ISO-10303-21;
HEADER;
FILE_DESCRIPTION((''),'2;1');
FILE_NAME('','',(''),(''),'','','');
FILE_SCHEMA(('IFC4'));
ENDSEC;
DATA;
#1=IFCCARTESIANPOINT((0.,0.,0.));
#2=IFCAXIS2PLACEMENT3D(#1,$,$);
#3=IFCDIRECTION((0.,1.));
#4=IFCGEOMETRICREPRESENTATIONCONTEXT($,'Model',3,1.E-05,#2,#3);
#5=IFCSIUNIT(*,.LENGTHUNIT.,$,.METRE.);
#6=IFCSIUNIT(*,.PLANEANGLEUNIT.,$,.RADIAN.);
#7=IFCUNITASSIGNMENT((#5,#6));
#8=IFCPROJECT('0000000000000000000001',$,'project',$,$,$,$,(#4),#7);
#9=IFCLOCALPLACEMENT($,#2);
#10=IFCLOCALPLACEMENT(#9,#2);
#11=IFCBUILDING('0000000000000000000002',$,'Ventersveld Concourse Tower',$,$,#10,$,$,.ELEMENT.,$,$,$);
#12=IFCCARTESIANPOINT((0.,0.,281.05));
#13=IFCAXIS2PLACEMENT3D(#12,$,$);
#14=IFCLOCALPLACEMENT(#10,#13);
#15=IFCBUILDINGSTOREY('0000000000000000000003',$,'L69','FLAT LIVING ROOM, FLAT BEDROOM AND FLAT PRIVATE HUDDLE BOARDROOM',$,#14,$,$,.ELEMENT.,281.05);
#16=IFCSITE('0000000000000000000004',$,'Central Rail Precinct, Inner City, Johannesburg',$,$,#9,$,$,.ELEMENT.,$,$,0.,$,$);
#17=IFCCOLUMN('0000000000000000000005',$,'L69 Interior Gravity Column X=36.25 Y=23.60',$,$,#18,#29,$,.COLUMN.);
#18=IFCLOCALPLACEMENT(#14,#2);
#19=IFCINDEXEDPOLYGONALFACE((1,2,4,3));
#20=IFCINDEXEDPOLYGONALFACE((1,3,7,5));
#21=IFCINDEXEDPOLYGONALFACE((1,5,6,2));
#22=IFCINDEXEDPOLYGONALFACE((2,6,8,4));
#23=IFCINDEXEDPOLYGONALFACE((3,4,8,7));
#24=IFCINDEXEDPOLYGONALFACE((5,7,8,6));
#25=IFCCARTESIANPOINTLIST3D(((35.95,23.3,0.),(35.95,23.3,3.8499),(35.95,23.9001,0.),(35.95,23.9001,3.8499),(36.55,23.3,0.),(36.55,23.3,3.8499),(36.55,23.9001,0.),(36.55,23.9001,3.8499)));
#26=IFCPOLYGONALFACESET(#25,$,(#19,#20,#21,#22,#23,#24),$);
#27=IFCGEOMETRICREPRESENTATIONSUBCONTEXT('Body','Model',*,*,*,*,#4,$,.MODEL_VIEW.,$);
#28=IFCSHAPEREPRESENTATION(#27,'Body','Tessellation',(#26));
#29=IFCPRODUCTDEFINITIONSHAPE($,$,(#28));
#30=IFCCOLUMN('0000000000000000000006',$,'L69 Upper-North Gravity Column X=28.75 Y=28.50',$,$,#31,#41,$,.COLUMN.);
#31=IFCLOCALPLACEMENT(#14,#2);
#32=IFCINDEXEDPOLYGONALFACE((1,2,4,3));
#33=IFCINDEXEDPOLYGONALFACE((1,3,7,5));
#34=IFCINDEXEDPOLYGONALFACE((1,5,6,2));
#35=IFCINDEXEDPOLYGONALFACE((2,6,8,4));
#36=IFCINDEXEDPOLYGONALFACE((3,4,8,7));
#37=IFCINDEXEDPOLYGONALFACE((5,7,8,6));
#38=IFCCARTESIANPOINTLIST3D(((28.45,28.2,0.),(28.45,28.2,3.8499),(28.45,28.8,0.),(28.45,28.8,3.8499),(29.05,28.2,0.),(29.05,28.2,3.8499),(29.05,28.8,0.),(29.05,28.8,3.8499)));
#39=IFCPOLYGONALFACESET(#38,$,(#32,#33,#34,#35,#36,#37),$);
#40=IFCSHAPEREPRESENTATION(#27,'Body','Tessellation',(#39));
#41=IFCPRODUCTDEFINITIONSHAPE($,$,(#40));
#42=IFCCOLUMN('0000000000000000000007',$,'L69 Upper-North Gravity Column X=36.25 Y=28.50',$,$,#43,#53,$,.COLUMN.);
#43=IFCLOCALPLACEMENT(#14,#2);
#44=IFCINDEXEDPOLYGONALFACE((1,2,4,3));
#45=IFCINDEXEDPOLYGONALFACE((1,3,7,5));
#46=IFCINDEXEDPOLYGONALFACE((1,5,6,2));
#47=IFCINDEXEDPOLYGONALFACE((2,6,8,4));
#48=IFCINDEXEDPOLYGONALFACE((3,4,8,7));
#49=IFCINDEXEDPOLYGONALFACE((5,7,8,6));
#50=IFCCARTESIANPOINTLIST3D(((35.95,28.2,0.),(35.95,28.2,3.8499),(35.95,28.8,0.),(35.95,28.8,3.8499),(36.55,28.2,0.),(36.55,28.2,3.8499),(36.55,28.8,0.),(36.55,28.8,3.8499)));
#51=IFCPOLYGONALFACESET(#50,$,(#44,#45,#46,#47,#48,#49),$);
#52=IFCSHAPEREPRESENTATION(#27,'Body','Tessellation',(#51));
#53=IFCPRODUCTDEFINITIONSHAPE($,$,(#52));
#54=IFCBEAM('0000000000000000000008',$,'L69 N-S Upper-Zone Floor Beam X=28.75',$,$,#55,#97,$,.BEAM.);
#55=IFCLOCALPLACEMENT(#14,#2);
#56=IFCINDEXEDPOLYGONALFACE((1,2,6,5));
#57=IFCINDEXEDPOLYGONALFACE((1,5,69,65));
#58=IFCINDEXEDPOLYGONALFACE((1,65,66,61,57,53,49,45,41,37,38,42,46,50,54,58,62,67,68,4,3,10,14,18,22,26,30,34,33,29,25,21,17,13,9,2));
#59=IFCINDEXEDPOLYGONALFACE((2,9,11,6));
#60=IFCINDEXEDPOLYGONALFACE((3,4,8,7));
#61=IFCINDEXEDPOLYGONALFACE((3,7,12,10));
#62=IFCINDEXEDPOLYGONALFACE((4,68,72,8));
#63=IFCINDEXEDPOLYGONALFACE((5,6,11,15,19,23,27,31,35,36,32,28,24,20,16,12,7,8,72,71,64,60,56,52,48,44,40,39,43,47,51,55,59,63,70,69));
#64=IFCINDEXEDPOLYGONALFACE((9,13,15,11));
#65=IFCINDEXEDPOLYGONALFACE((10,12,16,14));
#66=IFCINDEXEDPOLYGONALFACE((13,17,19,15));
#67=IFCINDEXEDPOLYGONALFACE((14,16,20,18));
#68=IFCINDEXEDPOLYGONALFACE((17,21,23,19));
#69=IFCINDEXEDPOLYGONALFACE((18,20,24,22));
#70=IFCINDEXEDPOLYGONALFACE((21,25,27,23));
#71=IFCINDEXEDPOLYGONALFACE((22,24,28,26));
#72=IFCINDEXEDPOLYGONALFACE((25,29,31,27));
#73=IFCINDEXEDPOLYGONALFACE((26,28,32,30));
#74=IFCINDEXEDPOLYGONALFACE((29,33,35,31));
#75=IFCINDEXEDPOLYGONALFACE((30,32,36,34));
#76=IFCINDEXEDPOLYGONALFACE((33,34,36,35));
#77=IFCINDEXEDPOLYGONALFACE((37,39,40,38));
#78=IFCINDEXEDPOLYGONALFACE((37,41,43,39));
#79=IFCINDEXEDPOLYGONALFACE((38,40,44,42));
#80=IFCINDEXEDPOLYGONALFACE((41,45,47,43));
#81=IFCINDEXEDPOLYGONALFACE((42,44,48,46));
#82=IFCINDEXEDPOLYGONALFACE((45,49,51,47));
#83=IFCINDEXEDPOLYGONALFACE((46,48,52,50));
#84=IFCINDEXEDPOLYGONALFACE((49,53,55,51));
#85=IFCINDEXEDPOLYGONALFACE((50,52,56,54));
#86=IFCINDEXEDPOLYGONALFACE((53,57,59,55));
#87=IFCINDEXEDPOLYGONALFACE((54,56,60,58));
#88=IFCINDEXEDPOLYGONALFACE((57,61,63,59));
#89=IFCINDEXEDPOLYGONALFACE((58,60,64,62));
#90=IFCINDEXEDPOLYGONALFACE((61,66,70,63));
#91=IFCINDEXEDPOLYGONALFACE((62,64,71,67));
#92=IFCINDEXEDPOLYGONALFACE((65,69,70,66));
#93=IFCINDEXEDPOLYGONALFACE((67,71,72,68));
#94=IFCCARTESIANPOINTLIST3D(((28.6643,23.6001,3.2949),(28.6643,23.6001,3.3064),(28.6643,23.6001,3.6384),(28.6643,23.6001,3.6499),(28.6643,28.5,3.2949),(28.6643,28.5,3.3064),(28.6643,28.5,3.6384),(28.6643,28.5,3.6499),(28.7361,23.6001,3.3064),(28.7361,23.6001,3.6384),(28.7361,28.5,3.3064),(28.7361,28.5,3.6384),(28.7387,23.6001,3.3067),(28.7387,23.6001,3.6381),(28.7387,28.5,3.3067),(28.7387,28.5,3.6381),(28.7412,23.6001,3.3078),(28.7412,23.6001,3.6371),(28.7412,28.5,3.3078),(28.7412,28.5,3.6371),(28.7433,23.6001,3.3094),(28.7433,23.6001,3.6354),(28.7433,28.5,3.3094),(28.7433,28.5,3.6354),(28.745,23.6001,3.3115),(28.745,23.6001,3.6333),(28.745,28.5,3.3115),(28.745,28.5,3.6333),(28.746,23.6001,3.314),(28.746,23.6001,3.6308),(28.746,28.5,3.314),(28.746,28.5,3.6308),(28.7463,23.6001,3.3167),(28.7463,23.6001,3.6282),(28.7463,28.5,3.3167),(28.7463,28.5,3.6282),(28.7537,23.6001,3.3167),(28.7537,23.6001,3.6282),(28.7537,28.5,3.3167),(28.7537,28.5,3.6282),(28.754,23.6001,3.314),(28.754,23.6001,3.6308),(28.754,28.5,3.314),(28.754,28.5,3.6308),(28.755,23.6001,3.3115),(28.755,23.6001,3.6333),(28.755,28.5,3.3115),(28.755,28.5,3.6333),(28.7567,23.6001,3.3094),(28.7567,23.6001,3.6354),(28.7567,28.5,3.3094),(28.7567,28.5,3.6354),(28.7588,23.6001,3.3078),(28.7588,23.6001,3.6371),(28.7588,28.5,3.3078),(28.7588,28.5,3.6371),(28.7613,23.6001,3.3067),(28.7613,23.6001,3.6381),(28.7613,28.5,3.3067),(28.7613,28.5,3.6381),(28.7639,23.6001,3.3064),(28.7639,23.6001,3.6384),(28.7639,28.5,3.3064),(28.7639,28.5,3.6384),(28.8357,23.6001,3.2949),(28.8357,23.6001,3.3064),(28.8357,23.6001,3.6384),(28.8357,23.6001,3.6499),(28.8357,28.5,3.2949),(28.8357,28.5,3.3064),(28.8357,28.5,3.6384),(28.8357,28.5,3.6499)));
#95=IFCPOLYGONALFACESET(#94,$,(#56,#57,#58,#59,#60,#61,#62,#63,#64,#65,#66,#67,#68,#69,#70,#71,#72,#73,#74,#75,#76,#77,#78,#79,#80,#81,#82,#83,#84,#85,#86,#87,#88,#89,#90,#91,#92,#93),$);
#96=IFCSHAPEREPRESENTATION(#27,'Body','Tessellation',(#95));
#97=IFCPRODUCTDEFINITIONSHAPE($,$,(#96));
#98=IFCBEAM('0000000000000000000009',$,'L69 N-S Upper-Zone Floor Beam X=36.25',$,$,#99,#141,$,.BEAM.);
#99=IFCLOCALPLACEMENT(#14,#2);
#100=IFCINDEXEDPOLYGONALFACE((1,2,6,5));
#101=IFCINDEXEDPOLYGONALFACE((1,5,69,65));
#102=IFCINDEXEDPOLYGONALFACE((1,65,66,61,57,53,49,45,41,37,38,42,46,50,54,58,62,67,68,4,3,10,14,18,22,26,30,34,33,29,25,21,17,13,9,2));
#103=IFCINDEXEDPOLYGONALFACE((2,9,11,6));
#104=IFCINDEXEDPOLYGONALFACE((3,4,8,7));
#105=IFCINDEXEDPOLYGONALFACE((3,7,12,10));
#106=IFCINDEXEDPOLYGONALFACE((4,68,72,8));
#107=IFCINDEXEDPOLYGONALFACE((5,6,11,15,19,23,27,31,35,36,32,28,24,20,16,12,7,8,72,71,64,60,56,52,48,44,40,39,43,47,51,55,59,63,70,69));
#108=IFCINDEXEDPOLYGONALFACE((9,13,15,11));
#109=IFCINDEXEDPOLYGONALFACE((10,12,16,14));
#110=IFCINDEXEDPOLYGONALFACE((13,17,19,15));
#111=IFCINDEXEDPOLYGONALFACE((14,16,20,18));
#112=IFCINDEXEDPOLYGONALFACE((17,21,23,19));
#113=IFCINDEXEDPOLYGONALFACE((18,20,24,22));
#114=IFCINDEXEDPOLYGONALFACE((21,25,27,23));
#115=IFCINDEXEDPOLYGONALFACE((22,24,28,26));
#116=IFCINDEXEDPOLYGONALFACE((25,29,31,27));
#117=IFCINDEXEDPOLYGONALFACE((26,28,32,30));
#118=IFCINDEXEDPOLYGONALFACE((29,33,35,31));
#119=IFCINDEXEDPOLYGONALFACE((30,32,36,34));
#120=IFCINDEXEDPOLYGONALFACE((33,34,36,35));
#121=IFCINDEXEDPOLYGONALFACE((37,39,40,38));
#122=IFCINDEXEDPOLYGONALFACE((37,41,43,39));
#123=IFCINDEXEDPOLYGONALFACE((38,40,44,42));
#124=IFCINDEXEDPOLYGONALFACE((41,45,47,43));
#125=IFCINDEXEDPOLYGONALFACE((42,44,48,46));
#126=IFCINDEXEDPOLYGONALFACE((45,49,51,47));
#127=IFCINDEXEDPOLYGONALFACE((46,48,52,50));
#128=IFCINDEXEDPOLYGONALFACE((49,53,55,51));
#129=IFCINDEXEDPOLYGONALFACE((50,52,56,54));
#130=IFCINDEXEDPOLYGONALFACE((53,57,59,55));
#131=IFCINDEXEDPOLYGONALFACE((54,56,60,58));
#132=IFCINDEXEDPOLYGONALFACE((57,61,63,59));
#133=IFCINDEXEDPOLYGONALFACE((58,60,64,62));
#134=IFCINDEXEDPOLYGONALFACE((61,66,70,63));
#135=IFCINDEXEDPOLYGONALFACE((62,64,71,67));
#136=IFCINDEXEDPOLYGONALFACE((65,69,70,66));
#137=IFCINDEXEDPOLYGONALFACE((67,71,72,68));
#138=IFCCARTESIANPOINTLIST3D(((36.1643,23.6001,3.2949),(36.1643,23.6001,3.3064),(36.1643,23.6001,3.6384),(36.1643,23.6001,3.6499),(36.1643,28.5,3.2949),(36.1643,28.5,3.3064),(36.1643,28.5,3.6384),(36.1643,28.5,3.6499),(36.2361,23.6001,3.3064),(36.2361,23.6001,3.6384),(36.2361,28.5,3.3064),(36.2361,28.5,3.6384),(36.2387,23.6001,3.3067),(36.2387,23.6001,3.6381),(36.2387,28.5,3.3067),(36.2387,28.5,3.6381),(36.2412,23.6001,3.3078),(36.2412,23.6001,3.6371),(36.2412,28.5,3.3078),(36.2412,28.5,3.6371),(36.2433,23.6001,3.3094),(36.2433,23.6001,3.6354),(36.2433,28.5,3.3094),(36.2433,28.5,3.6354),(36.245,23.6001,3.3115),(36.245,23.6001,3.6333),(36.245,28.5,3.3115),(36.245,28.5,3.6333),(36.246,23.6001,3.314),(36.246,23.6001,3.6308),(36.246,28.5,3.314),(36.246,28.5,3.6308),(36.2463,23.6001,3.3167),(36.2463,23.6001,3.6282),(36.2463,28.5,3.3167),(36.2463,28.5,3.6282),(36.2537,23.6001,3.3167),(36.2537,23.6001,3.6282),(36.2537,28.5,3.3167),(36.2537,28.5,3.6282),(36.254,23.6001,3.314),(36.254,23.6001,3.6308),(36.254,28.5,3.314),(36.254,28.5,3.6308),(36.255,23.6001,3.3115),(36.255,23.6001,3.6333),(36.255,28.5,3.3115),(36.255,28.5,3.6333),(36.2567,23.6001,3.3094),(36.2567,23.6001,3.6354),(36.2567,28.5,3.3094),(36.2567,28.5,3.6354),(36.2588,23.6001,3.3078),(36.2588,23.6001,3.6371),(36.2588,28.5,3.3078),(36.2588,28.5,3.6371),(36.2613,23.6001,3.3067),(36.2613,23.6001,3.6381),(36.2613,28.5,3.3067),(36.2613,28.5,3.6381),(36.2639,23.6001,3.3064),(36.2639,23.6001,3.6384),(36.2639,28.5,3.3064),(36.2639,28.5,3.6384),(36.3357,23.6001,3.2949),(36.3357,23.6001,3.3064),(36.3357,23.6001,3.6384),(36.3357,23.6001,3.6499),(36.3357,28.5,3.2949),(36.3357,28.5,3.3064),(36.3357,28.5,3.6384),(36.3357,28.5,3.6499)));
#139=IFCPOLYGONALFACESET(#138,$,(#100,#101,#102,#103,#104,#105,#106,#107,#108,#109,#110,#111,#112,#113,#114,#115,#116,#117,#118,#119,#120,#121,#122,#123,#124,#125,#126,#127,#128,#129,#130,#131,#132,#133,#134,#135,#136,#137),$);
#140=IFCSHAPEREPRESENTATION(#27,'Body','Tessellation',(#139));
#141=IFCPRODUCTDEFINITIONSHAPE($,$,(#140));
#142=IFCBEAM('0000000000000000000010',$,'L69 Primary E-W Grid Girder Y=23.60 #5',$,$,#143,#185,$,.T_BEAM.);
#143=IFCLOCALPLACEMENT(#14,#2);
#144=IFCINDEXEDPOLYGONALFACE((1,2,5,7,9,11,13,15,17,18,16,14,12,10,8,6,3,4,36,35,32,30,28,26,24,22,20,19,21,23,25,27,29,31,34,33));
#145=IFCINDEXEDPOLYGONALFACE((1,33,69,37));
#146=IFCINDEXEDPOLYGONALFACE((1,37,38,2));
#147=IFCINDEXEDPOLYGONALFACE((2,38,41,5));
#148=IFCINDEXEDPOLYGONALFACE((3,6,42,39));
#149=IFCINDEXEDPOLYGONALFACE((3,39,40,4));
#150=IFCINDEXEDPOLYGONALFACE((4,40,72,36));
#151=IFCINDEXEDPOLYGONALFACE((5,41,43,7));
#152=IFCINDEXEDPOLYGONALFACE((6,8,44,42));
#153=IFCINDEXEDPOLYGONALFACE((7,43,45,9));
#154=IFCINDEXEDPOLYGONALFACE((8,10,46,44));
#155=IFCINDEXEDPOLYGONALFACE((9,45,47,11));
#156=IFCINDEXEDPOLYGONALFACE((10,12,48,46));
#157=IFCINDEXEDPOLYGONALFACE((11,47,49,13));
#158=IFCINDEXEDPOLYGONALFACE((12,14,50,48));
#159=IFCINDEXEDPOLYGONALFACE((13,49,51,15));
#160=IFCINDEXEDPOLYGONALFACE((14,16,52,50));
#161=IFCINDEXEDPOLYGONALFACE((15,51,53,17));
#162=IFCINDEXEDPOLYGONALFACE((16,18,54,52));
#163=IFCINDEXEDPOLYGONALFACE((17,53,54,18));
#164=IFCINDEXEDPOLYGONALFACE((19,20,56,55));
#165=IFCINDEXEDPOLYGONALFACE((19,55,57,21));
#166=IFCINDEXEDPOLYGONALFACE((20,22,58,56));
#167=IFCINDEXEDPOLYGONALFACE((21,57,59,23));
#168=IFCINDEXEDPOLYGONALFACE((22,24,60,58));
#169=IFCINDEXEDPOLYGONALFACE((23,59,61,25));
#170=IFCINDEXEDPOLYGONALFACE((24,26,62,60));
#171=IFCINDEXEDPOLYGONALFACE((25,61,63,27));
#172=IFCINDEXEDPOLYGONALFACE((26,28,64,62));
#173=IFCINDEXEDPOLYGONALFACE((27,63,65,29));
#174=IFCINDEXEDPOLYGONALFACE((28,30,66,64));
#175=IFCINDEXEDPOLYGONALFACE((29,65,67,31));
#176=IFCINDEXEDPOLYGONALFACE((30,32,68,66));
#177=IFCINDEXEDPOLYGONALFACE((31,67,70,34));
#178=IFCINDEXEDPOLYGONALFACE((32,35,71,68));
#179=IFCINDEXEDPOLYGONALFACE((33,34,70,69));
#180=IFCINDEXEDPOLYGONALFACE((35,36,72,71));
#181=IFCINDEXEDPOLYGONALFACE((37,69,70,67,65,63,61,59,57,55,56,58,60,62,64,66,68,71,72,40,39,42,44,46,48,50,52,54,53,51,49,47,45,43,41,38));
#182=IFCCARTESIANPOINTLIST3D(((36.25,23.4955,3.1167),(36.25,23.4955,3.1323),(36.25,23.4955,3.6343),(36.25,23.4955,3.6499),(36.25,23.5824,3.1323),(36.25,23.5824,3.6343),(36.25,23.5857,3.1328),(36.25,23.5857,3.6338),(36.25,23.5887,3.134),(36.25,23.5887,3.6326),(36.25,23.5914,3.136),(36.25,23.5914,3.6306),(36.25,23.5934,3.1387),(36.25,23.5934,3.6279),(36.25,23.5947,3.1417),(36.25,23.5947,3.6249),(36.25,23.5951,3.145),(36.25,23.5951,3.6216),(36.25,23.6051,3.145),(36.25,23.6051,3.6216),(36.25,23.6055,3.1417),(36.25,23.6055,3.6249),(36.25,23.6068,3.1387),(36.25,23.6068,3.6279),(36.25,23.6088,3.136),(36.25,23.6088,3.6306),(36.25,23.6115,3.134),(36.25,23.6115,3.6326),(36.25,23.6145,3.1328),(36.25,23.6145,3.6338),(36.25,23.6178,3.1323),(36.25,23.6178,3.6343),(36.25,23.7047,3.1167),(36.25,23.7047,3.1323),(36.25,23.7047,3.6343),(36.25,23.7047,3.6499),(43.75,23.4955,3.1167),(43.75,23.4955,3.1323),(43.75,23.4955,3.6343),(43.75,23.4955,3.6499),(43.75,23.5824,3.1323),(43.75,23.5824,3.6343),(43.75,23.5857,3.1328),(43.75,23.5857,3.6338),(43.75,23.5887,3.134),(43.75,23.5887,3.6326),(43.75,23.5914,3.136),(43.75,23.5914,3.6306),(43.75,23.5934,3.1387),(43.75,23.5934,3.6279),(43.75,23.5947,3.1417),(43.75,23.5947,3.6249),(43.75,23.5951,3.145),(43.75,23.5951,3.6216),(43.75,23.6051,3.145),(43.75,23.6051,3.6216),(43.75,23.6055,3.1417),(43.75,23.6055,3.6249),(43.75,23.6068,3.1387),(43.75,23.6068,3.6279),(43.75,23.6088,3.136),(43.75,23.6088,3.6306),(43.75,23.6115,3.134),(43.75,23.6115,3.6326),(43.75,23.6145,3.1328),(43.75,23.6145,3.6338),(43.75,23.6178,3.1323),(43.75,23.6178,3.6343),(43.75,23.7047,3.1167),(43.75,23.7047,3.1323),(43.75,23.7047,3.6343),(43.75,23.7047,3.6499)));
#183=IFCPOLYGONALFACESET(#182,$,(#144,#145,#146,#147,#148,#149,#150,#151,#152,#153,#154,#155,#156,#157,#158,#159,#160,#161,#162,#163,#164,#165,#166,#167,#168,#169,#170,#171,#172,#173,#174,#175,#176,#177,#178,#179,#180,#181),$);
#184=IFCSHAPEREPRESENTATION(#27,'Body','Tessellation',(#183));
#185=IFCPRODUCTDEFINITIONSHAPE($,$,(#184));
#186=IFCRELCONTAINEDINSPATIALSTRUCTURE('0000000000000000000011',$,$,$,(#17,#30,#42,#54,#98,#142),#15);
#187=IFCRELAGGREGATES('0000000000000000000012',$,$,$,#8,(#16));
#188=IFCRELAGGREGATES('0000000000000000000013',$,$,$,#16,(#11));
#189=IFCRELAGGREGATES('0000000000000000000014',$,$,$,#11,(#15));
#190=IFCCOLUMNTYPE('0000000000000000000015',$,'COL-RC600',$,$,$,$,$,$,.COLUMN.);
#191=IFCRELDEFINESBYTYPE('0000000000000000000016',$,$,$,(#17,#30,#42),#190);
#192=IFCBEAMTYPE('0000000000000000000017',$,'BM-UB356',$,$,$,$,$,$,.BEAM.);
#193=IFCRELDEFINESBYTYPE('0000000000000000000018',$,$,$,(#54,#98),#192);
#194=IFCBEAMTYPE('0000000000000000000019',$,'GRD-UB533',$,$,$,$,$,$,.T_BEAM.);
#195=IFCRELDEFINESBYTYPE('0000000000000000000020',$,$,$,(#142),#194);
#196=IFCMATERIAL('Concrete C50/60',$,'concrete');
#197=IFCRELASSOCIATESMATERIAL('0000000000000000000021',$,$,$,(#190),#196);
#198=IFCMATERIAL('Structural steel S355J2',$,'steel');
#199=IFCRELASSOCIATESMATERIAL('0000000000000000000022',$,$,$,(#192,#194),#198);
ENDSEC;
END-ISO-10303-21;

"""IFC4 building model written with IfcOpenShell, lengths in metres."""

from ifc_helpers import new_model, si_unit, direction, frame, origin, origin_2d, place, context, subcontext, project, spatial, rectangle, i_section, extrude, material, material_profile, profile_set, type_object, element, save


model = new_model("IFC4")

# Units and contexts
model_context = context("Model", 3, precision=1e-05, world=origin(), true_north=direction((0.0, 1.0)))
body_context = subcontext(model_context, "Body", "Model", "MODEL_VIEW")
ifc_project = project(units=[si_unit("LENGTHUNIT", "METRE"), si_unit("PLANEANGLEUNIT", "RADIAN")], contexts=[model_context])

# Site, building, storey
site_placement = place(None, origin())
site = spatial("IfcSite", under=ifc_project, at=site_placement, Name="Central Rail Precinct, Inner City, Johannesburg", CompositionType="ELEMENT", RefElevation=0.0)
building_placement = place(site_placement, origin())
building = spatial("IfcBuilding", under=site, at=building_placement, Name="Ventersveld Concourse Tower", CompositionType="ELEMENT")
storey_placement = place(building_placement, frame((0.0, 0.0, 281.05)))
storey = spatial("IfcBuildingStorey", under=building, at=storey_placement, Name="L69", Description="FLAT LIVING ROOM, FLAT BEDROOM AND FLAT PRIVATE HUDDLE BOARDROOM", CompositionType="ELEMENT", Elevation=281.05)

# Columns
ifc_material_1 = material(Name="Concrete C50/60", Category="concrete")
ifc_material_profile_1 = material_profile(ifc_material_1, rectangle(XDim=0.6001, YDim=0.6001, at=origin_2d()), Name="RC 600x600")
ifc_profile_set_1 = profile_set([ifc_material_profile_1], Name="Concrete C50/60")
column_type = type_object("IfcColumnType", Name="COL-RC600", PredefinedType="COLUMN", material=ifc_profile_set_1)
for number, where, z_axis, x_axis, name in (
    (1, (36.25, 23.6001, 0.0), (0.0, 0.0, 1.0), (1.0, 0.0, 0.0), "L69 Interior Gravity Column X=36.25 Y=23.60"),
    (2, (28.75, 28.5, 0.0), (0.0, 0.0, 1.0), (1.0, 0.0, 0.0), "L69 Upper-North Gravity Column X=28.75 Y=28.50"),
    (3, (36.25, 28.5, 0.0), (0.0, 0.0, 1.0), (1.0, 0.0, 0.0), "L69 Upper-North Gravity Column X=36.25 Y=28.50"),
):
    element("IfcColumn", number, at=place(storey_placement, frame(where, z_axis=z_axis, x_axis=x_axis)), inside=storey, type_object=column_type, Name=name, PredefinedType="COLUMN", context=body_context, shape_type="SweptSolid", body=[
        extrude(rectangle(XDim=0.6001, YDim=0.6001, at=origin_2d()), origin(), (0.0, 0.0, 1.0), 3.8499),
    ])

# Beams
ifc_material_2 = material(Name="Structural steel S355J2", Category="steel")
ifc_material_profile_2 = material_profile(ifc_material_2, i_section(OverallWidth=0.1714, OverallDepth=0.355, WebThickness=0.0073, FlangeThickness=0.0115, FilletRadius=0.0103, at=origin_2d()), Name="UB 356x171x51")
ifc_profile_set_2 = profile_set([ifc_material_profile_2], Name="Structural steel S355J2")
beam_type_1 = type_object("IfcBeamType", Name="BM-UB356", PredefinedType="BEAM", material=ifc_profile_set_2)
for number, where, z_axis, x_axis, name in (
    (4, (28.75, 23.6001, 3.4724), (0.0, 1.0, 0.0), (-1.0, 0.0, 0.0), "L69 N-S Upper-Zone Floor Beam X=28.75"),
    (5, (36.25, 23.6001, 3.4724), (0.0, 1.0, 0.0), (-1.0, 0.0, 0.0), "L69 N-S Upper-Zone Floor Beam X=36.25"),
):
    element("IfcBeam", number, at=place(storey_placement, frame(where, z_axis=z_axis, x_axis=x_axis)), inside=storey, type_object=beam_type_1, Name=name, PredefinedType="BEAM", context=body_context, shape_type="SweptSolid", body=[
        extrude(i_section(OverallWidth=0.1714, OverallDepth=0.355, WebThickness=0.0073, FlangeThickness=0.0115, FilletRadius=0.0103, at=origin_2d()), origin(), (0.0, 0.0, 1.0), 4.8999),
    ])
ifc_material_profile_3 = material_profile(ifc_material_2, i_section(OverallWidth=0.2092, OverallDepth=0.5332, WebThickness=0.01, FlangeThickness=0.0156, FilletRadius=0.0127, at=origin_2d()), Name="UB 533x210x92")
ifc_profile_set_3 = profile_set([ifc_material_profile_3], Name="Structural steel S355J2")
beam_type_2 = type_object("IfcBeamType", Name="GRD-UB533", PredefinedType="T_BEAM", material=ifc_profile_set_3)
for number, where, z_axis, x_axis, name in (
    (6, (36.25, 23.6001, 3.3833), (1.0, 0.0, 0.0), (0.0, 1.0, 0.0), "L69 Primary E-W Grid Girder Y=23.60 #5"),
):
    element("IfcBeam", number, at=place(storey_placement, frame(where, z_axis=z_axis, x_axis=x_axis)), inside=storey, type_object=beam_type_2, Name=name, PredefinedType="T_BEAM", context=body_context, shape_type="SweptSolid", body=[
        extrude(i_section(OverallWidth=0.2092, OverallDepth=0.5332, WebThickness=0.01, FlangeThickness=0.0156, FilletRadius=0.0127, at=origin_2d()), origin(), (0.0, 0.0, 1.0), 7.5),
    ])

save(model, "model.ifc")
